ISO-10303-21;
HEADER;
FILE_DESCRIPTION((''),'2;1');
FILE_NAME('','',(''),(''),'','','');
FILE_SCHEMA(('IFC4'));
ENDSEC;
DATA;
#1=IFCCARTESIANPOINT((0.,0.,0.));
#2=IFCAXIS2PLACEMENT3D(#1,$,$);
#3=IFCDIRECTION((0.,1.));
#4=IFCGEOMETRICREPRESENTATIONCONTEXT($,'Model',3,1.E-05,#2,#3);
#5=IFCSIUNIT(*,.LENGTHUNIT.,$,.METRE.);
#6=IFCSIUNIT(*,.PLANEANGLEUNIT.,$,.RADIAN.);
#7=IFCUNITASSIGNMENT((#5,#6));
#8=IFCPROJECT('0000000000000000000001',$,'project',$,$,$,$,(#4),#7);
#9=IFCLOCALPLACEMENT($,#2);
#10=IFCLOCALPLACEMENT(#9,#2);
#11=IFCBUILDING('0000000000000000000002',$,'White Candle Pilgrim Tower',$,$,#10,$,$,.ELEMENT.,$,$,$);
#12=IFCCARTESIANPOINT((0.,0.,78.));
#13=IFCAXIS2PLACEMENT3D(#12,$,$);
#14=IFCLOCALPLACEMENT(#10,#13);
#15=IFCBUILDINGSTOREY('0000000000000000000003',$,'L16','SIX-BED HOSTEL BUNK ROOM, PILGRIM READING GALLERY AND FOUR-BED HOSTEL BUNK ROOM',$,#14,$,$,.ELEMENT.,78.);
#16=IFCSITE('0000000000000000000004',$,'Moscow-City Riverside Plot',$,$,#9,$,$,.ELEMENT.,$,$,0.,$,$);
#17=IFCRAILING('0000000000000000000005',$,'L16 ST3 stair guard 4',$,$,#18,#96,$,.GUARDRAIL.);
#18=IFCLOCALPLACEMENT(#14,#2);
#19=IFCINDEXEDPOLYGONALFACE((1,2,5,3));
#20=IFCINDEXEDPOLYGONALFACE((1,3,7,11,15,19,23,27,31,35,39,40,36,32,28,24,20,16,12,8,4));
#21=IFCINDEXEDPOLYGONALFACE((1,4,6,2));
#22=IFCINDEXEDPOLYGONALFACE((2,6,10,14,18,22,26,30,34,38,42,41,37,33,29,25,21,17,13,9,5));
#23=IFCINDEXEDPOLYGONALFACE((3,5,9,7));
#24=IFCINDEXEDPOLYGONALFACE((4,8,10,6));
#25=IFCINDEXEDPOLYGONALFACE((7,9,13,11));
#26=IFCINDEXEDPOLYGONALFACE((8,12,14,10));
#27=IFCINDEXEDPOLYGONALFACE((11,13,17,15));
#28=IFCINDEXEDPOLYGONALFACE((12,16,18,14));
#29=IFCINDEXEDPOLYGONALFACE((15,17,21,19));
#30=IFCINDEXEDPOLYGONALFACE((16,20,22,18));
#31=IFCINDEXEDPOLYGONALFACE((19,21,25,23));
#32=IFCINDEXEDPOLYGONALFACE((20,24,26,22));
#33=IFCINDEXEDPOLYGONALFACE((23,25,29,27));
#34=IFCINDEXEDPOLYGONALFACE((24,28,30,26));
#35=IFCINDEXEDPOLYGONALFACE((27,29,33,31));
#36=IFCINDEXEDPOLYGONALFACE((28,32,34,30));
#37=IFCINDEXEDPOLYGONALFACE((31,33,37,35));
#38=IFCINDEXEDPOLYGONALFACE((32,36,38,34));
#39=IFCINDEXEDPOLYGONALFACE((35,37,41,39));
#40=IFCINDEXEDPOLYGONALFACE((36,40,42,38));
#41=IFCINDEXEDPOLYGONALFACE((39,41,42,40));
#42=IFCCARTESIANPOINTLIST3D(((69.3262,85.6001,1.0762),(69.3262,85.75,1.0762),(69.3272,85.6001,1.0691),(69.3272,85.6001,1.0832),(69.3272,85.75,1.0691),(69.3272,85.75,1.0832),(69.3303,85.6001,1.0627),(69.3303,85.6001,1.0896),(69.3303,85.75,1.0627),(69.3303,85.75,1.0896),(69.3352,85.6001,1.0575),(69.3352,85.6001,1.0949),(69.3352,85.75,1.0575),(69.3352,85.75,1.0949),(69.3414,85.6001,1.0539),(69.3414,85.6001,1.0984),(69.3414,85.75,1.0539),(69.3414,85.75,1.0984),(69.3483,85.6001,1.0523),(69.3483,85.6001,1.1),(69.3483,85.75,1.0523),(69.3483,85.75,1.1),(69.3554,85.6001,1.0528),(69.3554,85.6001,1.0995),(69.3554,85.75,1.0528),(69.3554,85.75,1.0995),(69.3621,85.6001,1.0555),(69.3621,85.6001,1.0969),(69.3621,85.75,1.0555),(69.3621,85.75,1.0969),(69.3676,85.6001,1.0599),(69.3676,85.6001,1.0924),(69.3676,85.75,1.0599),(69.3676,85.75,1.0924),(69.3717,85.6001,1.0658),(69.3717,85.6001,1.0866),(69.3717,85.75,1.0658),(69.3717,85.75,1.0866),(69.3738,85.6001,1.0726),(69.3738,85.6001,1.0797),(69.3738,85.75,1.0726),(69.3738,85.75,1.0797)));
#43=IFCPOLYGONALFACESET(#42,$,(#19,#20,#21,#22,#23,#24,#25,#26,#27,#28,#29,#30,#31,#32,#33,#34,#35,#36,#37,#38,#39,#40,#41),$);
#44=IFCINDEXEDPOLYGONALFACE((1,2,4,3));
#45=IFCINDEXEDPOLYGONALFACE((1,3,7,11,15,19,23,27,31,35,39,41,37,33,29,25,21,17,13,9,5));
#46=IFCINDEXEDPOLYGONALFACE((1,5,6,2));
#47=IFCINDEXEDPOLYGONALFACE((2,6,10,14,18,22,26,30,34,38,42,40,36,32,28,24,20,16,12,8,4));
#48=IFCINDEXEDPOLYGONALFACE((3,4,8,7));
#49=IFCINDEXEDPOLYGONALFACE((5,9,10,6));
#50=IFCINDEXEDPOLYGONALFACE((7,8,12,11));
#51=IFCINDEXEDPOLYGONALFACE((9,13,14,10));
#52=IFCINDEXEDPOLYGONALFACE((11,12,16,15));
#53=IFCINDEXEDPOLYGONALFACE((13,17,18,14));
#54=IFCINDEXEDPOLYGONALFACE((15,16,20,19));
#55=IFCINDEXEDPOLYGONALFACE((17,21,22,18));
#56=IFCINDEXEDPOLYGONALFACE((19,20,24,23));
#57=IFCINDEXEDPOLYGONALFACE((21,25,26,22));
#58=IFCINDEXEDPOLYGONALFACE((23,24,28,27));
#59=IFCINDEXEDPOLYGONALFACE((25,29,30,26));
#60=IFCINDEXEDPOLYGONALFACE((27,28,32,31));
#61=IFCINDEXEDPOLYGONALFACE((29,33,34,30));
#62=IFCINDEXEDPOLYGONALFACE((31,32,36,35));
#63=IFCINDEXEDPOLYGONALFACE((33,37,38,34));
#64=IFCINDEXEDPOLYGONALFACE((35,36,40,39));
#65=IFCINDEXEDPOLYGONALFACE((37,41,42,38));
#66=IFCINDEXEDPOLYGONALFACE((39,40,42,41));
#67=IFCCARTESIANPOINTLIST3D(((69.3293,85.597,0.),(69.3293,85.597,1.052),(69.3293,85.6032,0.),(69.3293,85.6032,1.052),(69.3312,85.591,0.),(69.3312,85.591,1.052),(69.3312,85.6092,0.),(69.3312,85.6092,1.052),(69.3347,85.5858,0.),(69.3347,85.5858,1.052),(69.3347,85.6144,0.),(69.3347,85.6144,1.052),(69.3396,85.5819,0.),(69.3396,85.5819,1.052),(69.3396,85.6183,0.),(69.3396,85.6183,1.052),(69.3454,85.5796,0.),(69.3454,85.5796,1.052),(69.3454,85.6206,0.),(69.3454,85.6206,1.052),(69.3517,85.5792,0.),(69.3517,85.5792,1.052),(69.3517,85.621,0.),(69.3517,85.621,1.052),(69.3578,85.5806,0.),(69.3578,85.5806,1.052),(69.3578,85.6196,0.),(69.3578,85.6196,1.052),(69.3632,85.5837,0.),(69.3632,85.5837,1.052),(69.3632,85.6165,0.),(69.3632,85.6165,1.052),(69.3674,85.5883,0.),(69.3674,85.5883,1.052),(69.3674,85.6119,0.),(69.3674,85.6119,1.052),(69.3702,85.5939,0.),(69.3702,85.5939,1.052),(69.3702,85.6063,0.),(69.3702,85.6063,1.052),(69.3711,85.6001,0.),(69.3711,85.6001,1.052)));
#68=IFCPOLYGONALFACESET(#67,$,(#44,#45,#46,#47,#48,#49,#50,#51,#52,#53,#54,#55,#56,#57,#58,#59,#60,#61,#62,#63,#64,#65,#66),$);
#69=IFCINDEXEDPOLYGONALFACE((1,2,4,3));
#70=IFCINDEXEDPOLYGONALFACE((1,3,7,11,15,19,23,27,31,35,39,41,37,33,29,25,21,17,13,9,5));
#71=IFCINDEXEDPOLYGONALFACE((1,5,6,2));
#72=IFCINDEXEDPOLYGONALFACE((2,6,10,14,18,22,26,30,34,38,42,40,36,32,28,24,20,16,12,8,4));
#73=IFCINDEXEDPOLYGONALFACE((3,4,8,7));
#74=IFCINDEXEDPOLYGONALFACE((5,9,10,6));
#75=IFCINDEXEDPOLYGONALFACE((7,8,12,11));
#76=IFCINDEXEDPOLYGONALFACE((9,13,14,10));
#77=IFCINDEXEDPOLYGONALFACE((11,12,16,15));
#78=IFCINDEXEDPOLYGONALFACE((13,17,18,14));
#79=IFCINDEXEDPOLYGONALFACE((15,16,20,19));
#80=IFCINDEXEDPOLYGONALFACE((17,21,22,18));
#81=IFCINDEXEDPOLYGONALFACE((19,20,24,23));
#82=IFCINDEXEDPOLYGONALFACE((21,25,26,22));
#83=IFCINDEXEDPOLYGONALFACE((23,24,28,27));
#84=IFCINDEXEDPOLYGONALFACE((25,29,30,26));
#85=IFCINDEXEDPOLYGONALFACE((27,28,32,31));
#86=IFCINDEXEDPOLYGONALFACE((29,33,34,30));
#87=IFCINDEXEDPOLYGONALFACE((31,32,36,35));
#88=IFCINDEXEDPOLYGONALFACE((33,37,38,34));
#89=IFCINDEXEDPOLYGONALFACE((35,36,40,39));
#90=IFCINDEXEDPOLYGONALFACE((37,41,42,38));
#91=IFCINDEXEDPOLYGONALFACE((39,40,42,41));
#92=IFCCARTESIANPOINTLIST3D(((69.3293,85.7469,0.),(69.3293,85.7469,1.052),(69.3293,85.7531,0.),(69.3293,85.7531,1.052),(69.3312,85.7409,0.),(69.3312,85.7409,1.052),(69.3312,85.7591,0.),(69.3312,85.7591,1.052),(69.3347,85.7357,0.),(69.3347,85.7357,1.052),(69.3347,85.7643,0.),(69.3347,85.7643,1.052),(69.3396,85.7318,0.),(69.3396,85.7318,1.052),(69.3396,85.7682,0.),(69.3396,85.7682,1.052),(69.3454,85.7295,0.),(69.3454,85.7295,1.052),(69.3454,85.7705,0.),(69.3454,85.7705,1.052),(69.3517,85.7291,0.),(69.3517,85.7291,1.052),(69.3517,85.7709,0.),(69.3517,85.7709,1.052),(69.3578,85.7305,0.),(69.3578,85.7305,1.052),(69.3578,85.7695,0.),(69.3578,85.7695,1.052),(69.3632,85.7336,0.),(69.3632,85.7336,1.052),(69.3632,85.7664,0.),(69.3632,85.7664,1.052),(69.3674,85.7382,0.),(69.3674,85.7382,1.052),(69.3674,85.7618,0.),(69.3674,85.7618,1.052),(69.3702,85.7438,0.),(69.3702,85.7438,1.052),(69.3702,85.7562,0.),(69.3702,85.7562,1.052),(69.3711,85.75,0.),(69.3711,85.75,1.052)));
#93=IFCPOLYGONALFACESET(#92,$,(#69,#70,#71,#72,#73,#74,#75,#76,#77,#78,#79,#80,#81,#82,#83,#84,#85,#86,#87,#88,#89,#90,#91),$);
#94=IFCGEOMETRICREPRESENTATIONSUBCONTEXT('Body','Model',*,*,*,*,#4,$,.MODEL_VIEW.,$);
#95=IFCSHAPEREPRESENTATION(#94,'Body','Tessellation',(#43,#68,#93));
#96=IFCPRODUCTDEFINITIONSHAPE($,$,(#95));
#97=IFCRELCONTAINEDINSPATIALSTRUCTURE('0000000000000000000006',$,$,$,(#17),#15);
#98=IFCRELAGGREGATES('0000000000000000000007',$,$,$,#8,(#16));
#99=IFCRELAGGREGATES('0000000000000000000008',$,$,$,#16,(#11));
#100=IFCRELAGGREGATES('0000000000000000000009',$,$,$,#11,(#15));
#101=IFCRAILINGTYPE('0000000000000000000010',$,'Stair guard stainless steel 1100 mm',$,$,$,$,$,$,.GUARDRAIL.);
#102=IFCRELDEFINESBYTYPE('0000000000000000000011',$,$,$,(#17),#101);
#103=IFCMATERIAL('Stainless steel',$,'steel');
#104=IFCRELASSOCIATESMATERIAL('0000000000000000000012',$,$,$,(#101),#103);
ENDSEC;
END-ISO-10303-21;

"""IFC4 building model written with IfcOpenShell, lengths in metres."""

from ifc_helpers import new_model, si_unit, direction, frame, origin, origin_2d, place, context, subcontext, project, spatial, circle, extrude, material, type_object, element, save


model = new_model("IFC4")

# Units and contexts
model_context = context("Model", 3, precision=1e-05, world=origin(), true_north=direction((0.0, 1.0)))
body_context = subcontext(model_context, "Body", "Model", "MODEL_VIEW")
ifc_project = project(units=[si_unit("LENGTHUNIT", "METRE"), si_unit("PLANEANGLEUNIT", "RADIAN")], contexts=[model_context])

# Site, building, storey
site_placement = place(None, origin())
site = spatial("IfcSite", under=ifc_project, at=site_placement, Name="Moscow-City Riverside Plot", CompositionType="ELEMENT", RefElevation=0.0)
building_placement = place(site_placement, origin())
building = spatial("IfcBuilding", under=site, at=building_placement, Name="White Candle Pilgrim Tower", CompositionType="ELEMENT")
storey_placement = place(building_placement, frame((0.0, 0.0, 78.0)))
storey = spatial("IfcBuildingStorey", under=building, at=storey_placement, Name="L16", Description="SIX-BED HOSTEL BUNK ROOM, PILGRIM READING GALLERY AND FOUR-BED HOSTEL BUNK ROOM", CompositionType="ELEMENT", Elevation=78.0)

# Railing
ifc_material_1 = material(Name="Stainless steel", Category="steel")
railing_type_1 = type_object("IfcRailingType", Name="Stair guard stainless steel 1100 mm", PredefinedType="GUARDRAIL", material=ifc_material_1)
railing_1_placement = place(storey_placement, frame((69.3501, 85.6001, 0.0)))
element("IfcRailing", 1, at=railing_1_placement, inside=storey, type_object=railing_type_1, Name="L16 ST3 stair guard 4", PredefinedType="GUARDRAIL", context=body_context, shape_type="SweptSolid", body=[
    extrude(circle(Radius=0.0239, at=origin_2d()), frame((0.0, 0.0, 1.0762), z_axis=(0.0, 1.0, 0.0), x_axis=(-1.0, 0.0, 0.0)), (0.0, 0.0, 1.0), 0.1499),
    extrude(circle(Radius=0.021, at=origin_2d()), origin(), (0.0, 0.0, 1.0), 1.052),
    extrude(circle(Radius=0.021, at=origin_2d()), frame((0.0, 0.1499, 0.0)), (0.0, 0.0, 1.0), 1.052),
])

save(model, "model.ifc")
